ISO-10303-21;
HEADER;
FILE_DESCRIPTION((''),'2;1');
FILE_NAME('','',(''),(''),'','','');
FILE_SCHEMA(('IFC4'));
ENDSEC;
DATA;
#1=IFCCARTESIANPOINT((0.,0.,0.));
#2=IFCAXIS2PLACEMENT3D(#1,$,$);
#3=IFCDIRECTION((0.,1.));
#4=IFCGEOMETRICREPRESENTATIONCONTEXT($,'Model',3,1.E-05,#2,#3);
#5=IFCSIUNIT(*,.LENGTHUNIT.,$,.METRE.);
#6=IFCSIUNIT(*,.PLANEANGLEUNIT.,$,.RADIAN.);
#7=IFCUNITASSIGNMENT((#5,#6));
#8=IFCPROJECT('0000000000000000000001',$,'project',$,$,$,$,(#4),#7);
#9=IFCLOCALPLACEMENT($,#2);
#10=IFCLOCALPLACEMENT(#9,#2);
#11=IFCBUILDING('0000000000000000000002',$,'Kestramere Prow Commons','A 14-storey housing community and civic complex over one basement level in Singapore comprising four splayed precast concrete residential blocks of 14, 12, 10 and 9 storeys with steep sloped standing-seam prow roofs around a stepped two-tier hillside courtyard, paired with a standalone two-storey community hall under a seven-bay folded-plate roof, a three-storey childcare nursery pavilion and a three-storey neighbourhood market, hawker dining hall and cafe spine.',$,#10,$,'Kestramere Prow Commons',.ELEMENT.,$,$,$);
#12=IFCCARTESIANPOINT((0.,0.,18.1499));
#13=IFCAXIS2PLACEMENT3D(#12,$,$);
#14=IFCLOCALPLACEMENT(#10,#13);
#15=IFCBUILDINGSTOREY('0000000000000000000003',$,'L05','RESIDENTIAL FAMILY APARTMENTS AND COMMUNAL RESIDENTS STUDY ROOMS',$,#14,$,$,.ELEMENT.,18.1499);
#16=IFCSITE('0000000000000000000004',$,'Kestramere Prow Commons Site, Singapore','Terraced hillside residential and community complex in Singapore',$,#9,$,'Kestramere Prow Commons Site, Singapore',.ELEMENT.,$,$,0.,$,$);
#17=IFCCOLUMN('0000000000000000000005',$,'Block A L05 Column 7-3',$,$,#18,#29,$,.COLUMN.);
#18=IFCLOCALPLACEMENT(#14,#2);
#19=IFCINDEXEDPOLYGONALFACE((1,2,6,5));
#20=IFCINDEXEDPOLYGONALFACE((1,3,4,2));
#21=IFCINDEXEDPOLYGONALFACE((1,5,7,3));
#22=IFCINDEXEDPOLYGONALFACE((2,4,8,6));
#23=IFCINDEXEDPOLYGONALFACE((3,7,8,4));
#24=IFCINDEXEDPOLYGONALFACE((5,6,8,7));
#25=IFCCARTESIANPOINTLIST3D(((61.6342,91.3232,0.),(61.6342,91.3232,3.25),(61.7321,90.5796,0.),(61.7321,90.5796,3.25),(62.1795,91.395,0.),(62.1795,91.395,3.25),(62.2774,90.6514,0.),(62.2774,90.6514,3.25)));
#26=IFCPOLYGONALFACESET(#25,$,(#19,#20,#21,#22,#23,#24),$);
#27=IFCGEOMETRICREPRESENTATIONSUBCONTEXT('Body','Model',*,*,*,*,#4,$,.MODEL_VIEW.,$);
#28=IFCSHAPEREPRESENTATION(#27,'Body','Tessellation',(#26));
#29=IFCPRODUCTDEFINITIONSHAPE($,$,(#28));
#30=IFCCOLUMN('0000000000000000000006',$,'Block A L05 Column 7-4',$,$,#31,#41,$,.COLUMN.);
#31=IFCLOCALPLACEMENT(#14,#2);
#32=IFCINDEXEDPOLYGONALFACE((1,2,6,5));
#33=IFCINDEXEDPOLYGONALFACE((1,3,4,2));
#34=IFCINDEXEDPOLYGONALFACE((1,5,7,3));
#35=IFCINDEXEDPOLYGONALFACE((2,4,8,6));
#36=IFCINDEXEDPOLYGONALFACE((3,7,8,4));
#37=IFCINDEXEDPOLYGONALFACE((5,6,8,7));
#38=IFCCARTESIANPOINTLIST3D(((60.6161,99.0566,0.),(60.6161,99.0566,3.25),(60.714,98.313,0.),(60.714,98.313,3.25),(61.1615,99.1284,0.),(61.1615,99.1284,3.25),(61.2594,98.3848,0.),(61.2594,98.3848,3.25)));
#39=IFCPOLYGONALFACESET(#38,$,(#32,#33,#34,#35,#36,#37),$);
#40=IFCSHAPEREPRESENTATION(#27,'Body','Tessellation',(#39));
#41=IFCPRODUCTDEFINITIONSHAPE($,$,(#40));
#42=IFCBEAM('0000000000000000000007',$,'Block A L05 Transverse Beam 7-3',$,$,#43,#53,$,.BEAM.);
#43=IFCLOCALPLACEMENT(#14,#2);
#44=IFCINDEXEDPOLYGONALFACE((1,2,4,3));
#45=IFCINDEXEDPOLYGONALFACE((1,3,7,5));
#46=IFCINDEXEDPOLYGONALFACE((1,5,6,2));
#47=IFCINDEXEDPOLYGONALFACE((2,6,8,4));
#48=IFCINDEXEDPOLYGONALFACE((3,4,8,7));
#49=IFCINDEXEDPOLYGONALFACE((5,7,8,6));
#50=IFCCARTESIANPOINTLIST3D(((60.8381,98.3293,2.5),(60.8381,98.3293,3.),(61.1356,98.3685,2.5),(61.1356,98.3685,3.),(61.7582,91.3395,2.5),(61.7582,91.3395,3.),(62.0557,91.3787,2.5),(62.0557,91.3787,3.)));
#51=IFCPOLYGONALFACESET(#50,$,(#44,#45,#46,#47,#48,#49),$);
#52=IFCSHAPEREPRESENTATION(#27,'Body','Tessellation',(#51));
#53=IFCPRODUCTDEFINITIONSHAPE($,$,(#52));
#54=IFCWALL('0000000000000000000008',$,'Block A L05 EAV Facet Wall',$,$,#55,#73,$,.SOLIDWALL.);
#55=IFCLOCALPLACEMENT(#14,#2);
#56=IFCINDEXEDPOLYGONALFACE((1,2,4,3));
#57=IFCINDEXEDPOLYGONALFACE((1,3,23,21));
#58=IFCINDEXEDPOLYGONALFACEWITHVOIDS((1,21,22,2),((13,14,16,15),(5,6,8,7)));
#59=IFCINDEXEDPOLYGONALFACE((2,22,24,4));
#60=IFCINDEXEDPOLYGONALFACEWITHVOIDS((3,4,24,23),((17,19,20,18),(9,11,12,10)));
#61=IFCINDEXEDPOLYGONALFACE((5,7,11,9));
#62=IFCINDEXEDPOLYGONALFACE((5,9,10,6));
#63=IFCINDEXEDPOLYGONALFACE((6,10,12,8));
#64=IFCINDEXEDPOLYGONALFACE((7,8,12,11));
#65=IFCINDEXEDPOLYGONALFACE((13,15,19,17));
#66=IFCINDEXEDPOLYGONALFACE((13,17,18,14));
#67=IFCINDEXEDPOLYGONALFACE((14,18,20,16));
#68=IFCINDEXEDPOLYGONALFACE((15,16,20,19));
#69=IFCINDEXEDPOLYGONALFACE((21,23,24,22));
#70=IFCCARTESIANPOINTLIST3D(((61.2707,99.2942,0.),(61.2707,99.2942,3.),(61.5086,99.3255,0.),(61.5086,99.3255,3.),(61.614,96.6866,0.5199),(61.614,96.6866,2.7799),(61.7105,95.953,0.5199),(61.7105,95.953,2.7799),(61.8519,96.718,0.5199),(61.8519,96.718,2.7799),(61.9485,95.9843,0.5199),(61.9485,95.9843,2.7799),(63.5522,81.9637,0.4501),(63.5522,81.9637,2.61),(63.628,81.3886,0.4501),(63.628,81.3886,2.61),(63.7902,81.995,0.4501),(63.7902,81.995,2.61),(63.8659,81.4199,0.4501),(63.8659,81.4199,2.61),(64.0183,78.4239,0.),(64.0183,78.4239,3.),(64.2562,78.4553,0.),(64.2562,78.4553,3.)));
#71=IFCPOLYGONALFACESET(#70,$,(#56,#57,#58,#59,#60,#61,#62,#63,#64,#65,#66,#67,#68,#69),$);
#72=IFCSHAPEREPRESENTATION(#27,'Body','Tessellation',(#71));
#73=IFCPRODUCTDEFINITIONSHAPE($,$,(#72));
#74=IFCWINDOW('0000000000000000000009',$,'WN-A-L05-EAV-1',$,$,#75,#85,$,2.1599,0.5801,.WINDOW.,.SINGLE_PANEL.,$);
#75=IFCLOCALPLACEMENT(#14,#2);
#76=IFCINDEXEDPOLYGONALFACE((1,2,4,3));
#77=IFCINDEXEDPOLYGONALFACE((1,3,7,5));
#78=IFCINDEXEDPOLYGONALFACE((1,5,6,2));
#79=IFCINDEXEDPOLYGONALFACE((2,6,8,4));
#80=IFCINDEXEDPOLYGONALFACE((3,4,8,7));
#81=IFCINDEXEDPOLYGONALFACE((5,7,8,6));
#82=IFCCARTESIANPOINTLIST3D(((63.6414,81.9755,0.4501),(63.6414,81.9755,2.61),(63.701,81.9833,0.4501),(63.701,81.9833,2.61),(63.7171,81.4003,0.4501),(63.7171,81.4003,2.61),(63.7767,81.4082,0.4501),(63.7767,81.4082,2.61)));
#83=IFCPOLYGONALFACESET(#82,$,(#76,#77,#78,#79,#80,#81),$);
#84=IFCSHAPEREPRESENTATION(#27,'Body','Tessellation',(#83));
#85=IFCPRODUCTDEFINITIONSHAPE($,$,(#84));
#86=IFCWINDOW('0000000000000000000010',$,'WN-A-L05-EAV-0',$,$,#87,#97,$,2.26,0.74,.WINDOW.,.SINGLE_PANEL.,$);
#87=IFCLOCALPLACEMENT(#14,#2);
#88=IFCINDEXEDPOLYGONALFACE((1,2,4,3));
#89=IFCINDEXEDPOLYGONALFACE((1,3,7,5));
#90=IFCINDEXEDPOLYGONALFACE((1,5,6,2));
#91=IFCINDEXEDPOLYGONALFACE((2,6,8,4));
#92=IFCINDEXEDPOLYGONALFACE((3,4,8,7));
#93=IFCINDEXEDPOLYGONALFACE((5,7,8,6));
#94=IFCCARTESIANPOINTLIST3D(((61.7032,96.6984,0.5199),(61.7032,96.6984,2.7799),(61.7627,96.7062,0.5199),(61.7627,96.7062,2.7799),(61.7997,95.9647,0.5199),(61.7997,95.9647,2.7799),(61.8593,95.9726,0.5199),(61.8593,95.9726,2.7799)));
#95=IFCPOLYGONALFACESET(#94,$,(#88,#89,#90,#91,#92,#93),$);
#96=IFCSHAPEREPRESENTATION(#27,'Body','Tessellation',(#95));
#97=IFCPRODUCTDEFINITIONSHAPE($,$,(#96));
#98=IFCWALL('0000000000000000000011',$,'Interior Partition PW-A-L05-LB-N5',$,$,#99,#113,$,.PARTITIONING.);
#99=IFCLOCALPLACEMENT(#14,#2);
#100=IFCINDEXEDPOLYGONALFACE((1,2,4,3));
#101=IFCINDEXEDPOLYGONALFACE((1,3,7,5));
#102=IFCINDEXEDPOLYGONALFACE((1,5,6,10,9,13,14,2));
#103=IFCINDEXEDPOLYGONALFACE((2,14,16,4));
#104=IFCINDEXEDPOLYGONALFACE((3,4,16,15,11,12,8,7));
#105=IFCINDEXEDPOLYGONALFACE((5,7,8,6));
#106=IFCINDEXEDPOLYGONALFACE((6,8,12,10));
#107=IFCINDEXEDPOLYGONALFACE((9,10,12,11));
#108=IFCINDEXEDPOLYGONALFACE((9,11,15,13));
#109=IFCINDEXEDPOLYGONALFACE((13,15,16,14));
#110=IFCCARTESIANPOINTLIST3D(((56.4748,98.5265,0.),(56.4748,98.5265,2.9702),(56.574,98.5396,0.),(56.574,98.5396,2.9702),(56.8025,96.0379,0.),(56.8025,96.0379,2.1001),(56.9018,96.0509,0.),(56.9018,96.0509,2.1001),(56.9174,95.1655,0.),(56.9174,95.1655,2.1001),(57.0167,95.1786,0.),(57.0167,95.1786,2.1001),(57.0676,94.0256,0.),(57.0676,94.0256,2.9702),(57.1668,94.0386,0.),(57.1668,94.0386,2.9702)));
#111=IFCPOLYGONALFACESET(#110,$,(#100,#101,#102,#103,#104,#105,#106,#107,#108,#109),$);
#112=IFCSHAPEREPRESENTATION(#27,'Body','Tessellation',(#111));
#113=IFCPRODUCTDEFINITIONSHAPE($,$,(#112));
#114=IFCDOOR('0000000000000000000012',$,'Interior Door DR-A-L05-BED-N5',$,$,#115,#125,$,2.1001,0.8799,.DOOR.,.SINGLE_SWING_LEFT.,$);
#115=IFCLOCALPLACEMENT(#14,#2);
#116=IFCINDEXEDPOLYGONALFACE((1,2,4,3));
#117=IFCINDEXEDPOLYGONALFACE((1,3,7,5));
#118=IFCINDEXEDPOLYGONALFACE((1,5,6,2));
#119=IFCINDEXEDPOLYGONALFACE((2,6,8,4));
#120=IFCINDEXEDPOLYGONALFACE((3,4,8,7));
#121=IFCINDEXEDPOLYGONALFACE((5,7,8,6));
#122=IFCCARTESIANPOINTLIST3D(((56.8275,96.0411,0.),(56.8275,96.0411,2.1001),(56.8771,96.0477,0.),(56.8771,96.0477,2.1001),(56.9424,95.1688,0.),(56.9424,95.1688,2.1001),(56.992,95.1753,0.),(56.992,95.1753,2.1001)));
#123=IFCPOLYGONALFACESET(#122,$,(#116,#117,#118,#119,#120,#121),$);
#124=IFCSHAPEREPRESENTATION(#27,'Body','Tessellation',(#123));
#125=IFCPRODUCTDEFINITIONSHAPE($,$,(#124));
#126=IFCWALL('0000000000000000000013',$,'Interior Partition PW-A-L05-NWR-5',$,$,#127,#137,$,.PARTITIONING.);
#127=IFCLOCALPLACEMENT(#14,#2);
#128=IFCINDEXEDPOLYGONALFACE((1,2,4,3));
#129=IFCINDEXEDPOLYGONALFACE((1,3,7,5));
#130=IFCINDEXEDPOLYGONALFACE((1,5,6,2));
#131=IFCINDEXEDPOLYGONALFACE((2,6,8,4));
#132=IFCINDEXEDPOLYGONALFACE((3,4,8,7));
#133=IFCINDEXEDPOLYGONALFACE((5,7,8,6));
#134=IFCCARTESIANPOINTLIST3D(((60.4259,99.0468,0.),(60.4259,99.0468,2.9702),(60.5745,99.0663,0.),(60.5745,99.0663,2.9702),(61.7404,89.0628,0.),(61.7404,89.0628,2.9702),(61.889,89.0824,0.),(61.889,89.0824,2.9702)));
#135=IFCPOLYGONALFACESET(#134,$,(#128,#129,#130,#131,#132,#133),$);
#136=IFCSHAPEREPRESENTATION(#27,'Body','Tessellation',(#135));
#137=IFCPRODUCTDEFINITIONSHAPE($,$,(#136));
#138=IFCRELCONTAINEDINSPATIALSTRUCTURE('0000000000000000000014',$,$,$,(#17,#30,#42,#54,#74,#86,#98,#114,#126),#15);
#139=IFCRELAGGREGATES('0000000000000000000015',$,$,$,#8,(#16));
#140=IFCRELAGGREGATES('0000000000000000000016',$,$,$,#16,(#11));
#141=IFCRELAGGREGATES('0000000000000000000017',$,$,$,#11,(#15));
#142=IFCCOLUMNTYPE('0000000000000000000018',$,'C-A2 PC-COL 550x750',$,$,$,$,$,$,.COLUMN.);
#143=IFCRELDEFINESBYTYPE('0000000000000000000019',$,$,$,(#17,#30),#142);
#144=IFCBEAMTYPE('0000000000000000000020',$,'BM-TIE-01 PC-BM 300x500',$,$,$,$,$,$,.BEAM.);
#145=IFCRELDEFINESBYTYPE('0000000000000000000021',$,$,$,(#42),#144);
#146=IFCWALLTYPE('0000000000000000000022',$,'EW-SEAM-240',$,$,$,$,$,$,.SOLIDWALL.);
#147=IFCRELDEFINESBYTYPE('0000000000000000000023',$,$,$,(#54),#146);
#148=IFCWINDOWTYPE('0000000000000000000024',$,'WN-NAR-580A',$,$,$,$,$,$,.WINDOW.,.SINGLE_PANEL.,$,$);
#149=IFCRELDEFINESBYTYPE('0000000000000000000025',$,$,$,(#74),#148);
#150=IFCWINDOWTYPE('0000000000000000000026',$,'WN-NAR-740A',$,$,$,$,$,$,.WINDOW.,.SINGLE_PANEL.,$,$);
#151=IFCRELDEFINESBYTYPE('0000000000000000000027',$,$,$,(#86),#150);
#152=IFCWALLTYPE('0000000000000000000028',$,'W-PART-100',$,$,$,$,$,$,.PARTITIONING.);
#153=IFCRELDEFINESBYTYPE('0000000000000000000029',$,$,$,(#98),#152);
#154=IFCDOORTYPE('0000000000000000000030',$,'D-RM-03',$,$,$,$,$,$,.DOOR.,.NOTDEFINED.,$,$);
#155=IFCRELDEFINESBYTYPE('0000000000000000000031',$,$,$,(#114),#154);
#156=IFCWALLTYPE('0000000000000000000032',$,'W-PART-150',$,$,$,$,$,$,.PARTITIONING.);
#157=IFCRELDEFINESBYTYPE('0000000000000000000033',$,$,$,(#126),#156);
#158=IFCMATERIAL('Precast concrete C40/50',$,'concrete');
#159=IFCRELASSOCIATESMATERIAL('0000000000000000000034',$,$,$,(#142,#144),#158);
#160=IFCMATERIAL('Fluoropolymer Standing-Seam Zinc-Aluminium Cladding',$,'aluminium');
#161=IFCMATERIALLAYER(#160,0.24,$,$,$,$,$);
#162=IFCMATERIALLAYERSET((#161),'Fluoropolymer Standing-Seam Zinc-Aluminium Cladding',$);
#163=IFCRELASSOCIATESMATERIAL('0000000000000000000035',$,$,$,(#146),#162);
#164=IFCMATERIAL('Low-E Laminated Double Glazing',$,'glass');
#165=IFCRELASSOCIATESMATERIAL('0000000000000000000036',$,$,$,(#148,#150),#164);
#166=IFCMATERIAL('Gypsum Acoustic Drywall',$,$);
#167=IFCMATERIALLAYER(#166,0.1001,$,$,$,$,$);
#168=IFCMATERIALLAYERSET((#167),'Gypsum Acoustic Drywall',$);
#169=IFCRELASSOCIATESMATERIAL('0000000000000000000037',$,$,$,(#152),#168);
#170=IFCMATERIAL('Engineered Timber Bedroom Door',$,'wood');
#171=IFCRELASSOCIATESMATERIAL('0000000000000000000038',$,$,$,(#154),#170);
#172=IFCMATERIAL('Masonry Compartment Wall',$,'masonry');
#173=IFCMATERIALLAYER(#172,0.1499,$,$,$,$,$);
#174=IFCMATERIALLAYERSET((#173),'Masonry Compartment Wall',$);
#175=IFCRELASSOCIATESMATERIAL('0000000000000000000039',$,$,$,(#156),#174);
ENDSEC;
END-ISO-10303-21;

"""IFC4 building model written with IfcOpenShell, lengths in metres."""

from ifc_helpers import new_model, si_unit, direction, frame, frame_2d, origin, origin_2d, place, context, subcontext, project, spatial, rectangle, extrude, material, layer, layer_set, material_profile, profile_set, type_object, element, fill, save


model = new_model("IFC4")

# Units and contexts
model_context = context("Model", 3, precision=1e-05, world=origin(), true_north=direction((0.0, 1.0)))
body_context = subcontext(model_context, "Body", "Model", "MODEL_VIEW")
ifc_project = project(units=[si_unit("LENGTHUNIT", "METRE"), si_unit("PLANEANGLEUNIT", "RADIAN")], contexts=[model_context])

# Site, building, storey
site_placement = place(None, origin())
site = spatial("IfcSite", under=ifc_project, at=site_placement, Name="Kestramere Prow Commons Site, Singapore", Description="Terraced hillside residential and community complex in Singapore", LongName="Kestramere Prow Commons Site, Singapore", CompositionType="ELEMENT", RefElevation=0.0)
building_placement = place(site_placement, origin())
building = spatial("IfcBuilding", under=site, at=building_placement, Name="Kestramere Prow Commons", Description="A 14-storey housing community and civic complex over one basement level in Singapore comprising four splayed precast concrete residential blocks of 14, 12, 10 and 9 storeys with steep sloped standing-seam prow roofs around a stepped two-tier hillside courtyard, paired with a standalone two-storey community hall under a seven-bay folded-plate roof, a three-storey childcare nursery pavilion and a three-storey neighbourhood market, hawker dining hall and cafe spine.", LongName="Kestramere Prow Commons", CompositionType="ELEMENT")
storey_placement = place(building_placement, frame((0.0, 0.0, 18.1499)))
storey = spatial("IfcBuildingStorey", under=building, at=storey_placement, Name="L05", Description="RESIDENTIAL FAMILY APARTMENTS AND COMMUNAL RESIDENTS STUDY ROOMS", CompositionType="ELEMENT", Elevation=18.1499)

# Columns
ifc_material_1 = material(Name="Precast concrete C40/50", Category="concrete")
ifc_material_profile_1 = material_profile(ifc_material_1, rectangle(XDim=0.55, YDim=0.75, at=origin_2d()), Name="PC-COL 550x750")
ifc_profile_set_1 = profile_set([ifc_material_profile_1], Name="Precast concrete C40/50")
column_type = type_object("IfcColumnType", Name="C-A2 PC-COL 550x750", PredefinedType="COLUMN", material=ifc_profile_set_1)
for number, where, z_axis, x_axis, name in (
    (1, (61.9558, 90.9873, 0.0), (0.0, 0.0, 1.0), (0.991445, 0.130526, 0.0), "Block A L05 Column 7-3"),
    (2, (60.9377, 98.7207, 0.0), (0.0, 0.0, 1.0), (0.991445, 0.130526, 0.0), "Block A L05 Column 7-4"),
):
    element("IfcColumn", number, at=place(storey_placement, frame(where, z_axis=z_axis, x_axis=x_axis)), inside=storey, type_object=column_type, Name=name, PredefinedType="COLUMN", context=body_context, shape_type="SweptSolid", body=[
        extrude(rectangle(XDim=0.55, YDim=0.75, at=origin_2d()), origin(), (0.0, 0.0, 1.0), 3.25),
    ])

# Beam
ifc_material_profile_2 = material_profile(ifc_material_1, rectangle(XDim=0.3, YDim=0.5, at=origin_2d()), Name="PC-BM 300x500")
ifc_profile_set_2 = profile_set([ifc_material_profile_2], Name="Precast concrete C40/50")
beam_type = type_object("IfcBeamType", Name="BM-TIE-01 PC-BM 300x500", PredefinedType="BEAM", material=ifc_profile_set_2)
beam_placement = place(storey_placement, frame((61.907, 91.3591, 2.75), z_axis=(-0.130519, 0.991446, 0.0), x_axis=(-0.991446, -0.130519, 0.0)))
element("IfcBeam", 3, at=beam_placement, inside=storey, type_object=beam_type, Name="Block A L05 Transverse Beam 7-3", PredefinedType="BEAM", context=body_context, shape_type="SweptSolid", body=[
    extrude(rectangle(XDim=0.3, YDim=0.5, at=origin_2d()), origin(), (0.0, 0.0, 1.0), 7.05),
])

# Wall, openings, windows
ifc_material_2 = material(Name="Fluoropolymer Standing-Seam Zinc-Aluminium Cladding", Category="aluminium")
ifc_layer_1 = layer(ifc_material_2, 0.24)
ifc_layer_set_1 = layer_set([ifc_layer_1], Name="Fluoropolymer Standing-Seam Zinc-Aluminium Cladding")
wall_type_1 = type_object("IfcWallType", Name="EW-SEAM-240", PredefinedType="SOLIDWALL", material=ifc_layer_set_1)
wall_1_placement = place(storey_placement, frame((61.3896, 99.3098, 0.0), z_axis=(0.0, 0.0, 1.0), x_axis=(0.130524, -0.991445, 0.0)))
wall_1 = element("IfcWall", 4, at=wall_1_placement, inside=storey, type_object=wall_type_1, Name="Block A L05 EAV Facet Wall", PredefinedType="SOLIDWALL", context=body_context, shape_type="SweptSolid", body=[
    extrude(rectangle(XDim=21.0503, YDim=0.24, at=frame_2d((10.5251, 0.0))), origin(), (0.0, 0.0, 1.0), 3.0),
])
opening_1_placement = place(wall_1_placement, frame((2.6299, 0.0, 0.52)))
opening_1 = element("IfcOpeningElement", 5, at=opening_1_placement, cuts=wall_1, PredefinedType="OPENING", context=body_context, shape_type="SweptSolid", body=[
    extrude(rectangle(XDim=0.74, YDim=2.26, at=frame_2d((0.3701, 1.1299))), frame((0.0, 0.135, 0.0), z_axis=(0.0, -1.0, 0.0), x_axis=(1.0, 0.0, 0.0)), (0.0, 0.0, 1.0), 0.27),
])
opening_2_placement = place(wall_1_placement, frame((17.48, 0.0, 0.45)))
opening_2 = element("IfcOpeningElement", 6, at=opening_2_placement, cuts=wall_1, PredefinedType="OPENING", context=body_context, shape_type="SweptSolid", body=[
    extrude(rectangle(XDim=0.5801, YDim=2.1599, at=frame_2d((0.29, 1.0801))), frame((0.0, 0.135, 0.0), z_axis=(0.0, -1.0, 0.0), x_axis=(1.0, 0.0, 0.0)), (0.0, 0.0, 1.0), 0.27),
])
ifc_material_3 = material(Name="Low-E Laminated Double Glazing", Category="glass")
window_type_1 = type_object("IfcWindowType", Name="WN-NAR-580A", PartitioningType="SINGLE_PANEL", PredefinedType="WINDOW", material=ifc_material_3)
window_1_placement = place(opening_2_placement, origin())
window_1 = element("IfcWindow", 7, at=window_1_placement, inside=storey, type_object=window_type_1, Name="WN-A-L05-EAV-1", OverallHeight=2.1599, OverallWidth=0.5801, PartitioningType="SINGLE_PANEL", PredefinedType="WINDOW", context=body_context, shape_type="SweptSolid", body=[
    extrude(rectangle(XDim=0.5801, YDim=2.1599, at=frame_2d((0.29, 1.0801))), frame((0.0, 0.03, 0.0), z_axis=(0.0, -1.0, 0.0), x_axis=(1.0, 0.0, 0.0)), (0.0, 0.0, 1.0), 0.0601),
])
fill(opening_2, window_1)
window_type_2 = type_object("IfcWindowType", Name="WN-NAR-740A", PartitioningType="SINGLE_PANEL", PredefinedType="WINDOW", material=ifc_material_3)
window_2_placement = place(opening_1_placement, origin())
window_2 = element("IfcWindow", 8, at=window_2_placement, inside=storey, type_object=window_type_2, Name="WN-A-L05-EAV-0", OverallHeight=2.26, OverallWidth=0.74, PartitioningType="SINGLE_PANEL", PredefinedType="WINDOW", context=body_context, shape_type="SweptSolid", body=[
    extrude(rectangle(XDim=0.74, YDim=2.26, at=frame_2d((0.3701, 1.1299))), frame((0.0, 0.03, 0.0), z_axis=(0.0, -1.0, 0.0), x_axis=(1.0, 0.0, 0.0)), (0.0, 0.0, 1.0), 0.0601),
])
fill(opening_1, window_2)

# Wall, opening, door
ifc_material_4 = material(Name="Gypsum Acoustic Drywall")
ifc_layer_2 = layer(ifc_material_4, 0.1001)
ifc_layer_set_2 = layer_set([ifc_layer_2], Name="Gypsum Acoustic Drywall")
wall_type_2 = type_object("IfcWallType", Name="W-PART-100", PredefinedType="PARTITIONING", material=ifc_layer_set_2)
wall_2_placement = place(storey_placement, frame((57.1172, 94.032, 0.0), z_axis=(0.0, 0.0, 1.0), x_axis=(-0.130571, 0.991439, 0.0)))
wall_2 = element("IfcWall", 9, at=wall_2_placement, inside=storey, type_object=wall_type_2, Name="Interior Partition PW-A-L05-LB-N5", PredefinedType="PARTITIONING", context=body_context, shape_type="SweptSolid", body=[
    extrude(rectangle(XDim=4.5398, YDim=0.1001, at=frame_2d((2.27, 0.0))), origin(), (0.0, 0.0, 1.0), 2.9702),
])
opening_3_placement = place(wall_2_placement, frame((1.1499, 0.0, 0.0)))
opening_3 = element("IfcOpeningElement", 10, at=opening_3_placement, cuts=wall_2, PredefinedType="OPENING", context=body_context, shape_type="SweptSolid", body=[
    extrude(rectangle(XDim=0.8799, YDim=2.1001, at=frame_2d((0.4399, 1.05))), frame((0.0, 0.0649, 0.0), z_axis=(0.0, -1.0, 0.0), x_axis=(1.0, 0.0, 0.0)), (0.0, 0.0, 1.0), 0.1301),
])
ifc_material_5 = material(Name="Engineered Timber Bedroom Door", Category="wood")
door_type_1 = type_object("IfcDoorType", Name="D-RM-03", OperationType="NOTDEFINED", PredefinedType="DOOR", material=ifc_material_5)
door_1_placement = place(opening_3_placement, origin())
door_1 = element("IfcDoor", 11, at=door_1_placement, inside=storey, type_object=door_type_1, Name="Interior Door DR-A-L05-BED-N5", OperationType="SINGLE_SWING_LEFT", OverallHeight=2.1001, OverallWidth=0.8799, PredefinedType="DOOR", context=body_context, shape_type="SweptSolid", body=[
    extrude(rectangle(XDim=0.8799, YDim=2.1001, at=frame_2d((0.4399, 1.05))), frame((0.0, 0.0249, 0.0), z_axis=(0.0, -1.0, 0.0), x_axis=(1.0, 0.0, 0.0)), (0.0, 0.0, 1.0), 0.05),
])
fill(opening_3, door_1)

# Wall
ifc_material_6 = material(Name="Masonry Compartment Wall", Category="masonry")
ifc_layer_3 = layer(ifc_material_6, 0.1499)
ifc_layer_set_3 = layer_set([ifc_layer_3], Name="Masonry Compartment Wall")
wall_type_3 = type_object("IfcWallType", Name="W-PART-150", PredefinedType="PARTITIONING", material=ifc_layer_set_3)
wall_3_placement = place(storey_placement, frame((61.8147, 89.0725, 0.0), z_axis=(0.0, 0.0, 1.0), x_axis=(-0.130531, 0.991444, 0.0)))
element("IfcWall", 12, at=wall_3_placement, inside=storey, type_object=wall_type_3, Name="Interior Partition PW-A-L05-NWR-5", PredefinedType="PARTITIONING", context=body_context, shape_type="SweptSolid", body=[
    extrude(rectangle(XDim=10.0701, YDim=0.1499, at=frame_2d((5.0352, 0.0))), origin(), (0.0, 0.0, 1.0), 2.9702),
])

save(model, "model.ifc")
